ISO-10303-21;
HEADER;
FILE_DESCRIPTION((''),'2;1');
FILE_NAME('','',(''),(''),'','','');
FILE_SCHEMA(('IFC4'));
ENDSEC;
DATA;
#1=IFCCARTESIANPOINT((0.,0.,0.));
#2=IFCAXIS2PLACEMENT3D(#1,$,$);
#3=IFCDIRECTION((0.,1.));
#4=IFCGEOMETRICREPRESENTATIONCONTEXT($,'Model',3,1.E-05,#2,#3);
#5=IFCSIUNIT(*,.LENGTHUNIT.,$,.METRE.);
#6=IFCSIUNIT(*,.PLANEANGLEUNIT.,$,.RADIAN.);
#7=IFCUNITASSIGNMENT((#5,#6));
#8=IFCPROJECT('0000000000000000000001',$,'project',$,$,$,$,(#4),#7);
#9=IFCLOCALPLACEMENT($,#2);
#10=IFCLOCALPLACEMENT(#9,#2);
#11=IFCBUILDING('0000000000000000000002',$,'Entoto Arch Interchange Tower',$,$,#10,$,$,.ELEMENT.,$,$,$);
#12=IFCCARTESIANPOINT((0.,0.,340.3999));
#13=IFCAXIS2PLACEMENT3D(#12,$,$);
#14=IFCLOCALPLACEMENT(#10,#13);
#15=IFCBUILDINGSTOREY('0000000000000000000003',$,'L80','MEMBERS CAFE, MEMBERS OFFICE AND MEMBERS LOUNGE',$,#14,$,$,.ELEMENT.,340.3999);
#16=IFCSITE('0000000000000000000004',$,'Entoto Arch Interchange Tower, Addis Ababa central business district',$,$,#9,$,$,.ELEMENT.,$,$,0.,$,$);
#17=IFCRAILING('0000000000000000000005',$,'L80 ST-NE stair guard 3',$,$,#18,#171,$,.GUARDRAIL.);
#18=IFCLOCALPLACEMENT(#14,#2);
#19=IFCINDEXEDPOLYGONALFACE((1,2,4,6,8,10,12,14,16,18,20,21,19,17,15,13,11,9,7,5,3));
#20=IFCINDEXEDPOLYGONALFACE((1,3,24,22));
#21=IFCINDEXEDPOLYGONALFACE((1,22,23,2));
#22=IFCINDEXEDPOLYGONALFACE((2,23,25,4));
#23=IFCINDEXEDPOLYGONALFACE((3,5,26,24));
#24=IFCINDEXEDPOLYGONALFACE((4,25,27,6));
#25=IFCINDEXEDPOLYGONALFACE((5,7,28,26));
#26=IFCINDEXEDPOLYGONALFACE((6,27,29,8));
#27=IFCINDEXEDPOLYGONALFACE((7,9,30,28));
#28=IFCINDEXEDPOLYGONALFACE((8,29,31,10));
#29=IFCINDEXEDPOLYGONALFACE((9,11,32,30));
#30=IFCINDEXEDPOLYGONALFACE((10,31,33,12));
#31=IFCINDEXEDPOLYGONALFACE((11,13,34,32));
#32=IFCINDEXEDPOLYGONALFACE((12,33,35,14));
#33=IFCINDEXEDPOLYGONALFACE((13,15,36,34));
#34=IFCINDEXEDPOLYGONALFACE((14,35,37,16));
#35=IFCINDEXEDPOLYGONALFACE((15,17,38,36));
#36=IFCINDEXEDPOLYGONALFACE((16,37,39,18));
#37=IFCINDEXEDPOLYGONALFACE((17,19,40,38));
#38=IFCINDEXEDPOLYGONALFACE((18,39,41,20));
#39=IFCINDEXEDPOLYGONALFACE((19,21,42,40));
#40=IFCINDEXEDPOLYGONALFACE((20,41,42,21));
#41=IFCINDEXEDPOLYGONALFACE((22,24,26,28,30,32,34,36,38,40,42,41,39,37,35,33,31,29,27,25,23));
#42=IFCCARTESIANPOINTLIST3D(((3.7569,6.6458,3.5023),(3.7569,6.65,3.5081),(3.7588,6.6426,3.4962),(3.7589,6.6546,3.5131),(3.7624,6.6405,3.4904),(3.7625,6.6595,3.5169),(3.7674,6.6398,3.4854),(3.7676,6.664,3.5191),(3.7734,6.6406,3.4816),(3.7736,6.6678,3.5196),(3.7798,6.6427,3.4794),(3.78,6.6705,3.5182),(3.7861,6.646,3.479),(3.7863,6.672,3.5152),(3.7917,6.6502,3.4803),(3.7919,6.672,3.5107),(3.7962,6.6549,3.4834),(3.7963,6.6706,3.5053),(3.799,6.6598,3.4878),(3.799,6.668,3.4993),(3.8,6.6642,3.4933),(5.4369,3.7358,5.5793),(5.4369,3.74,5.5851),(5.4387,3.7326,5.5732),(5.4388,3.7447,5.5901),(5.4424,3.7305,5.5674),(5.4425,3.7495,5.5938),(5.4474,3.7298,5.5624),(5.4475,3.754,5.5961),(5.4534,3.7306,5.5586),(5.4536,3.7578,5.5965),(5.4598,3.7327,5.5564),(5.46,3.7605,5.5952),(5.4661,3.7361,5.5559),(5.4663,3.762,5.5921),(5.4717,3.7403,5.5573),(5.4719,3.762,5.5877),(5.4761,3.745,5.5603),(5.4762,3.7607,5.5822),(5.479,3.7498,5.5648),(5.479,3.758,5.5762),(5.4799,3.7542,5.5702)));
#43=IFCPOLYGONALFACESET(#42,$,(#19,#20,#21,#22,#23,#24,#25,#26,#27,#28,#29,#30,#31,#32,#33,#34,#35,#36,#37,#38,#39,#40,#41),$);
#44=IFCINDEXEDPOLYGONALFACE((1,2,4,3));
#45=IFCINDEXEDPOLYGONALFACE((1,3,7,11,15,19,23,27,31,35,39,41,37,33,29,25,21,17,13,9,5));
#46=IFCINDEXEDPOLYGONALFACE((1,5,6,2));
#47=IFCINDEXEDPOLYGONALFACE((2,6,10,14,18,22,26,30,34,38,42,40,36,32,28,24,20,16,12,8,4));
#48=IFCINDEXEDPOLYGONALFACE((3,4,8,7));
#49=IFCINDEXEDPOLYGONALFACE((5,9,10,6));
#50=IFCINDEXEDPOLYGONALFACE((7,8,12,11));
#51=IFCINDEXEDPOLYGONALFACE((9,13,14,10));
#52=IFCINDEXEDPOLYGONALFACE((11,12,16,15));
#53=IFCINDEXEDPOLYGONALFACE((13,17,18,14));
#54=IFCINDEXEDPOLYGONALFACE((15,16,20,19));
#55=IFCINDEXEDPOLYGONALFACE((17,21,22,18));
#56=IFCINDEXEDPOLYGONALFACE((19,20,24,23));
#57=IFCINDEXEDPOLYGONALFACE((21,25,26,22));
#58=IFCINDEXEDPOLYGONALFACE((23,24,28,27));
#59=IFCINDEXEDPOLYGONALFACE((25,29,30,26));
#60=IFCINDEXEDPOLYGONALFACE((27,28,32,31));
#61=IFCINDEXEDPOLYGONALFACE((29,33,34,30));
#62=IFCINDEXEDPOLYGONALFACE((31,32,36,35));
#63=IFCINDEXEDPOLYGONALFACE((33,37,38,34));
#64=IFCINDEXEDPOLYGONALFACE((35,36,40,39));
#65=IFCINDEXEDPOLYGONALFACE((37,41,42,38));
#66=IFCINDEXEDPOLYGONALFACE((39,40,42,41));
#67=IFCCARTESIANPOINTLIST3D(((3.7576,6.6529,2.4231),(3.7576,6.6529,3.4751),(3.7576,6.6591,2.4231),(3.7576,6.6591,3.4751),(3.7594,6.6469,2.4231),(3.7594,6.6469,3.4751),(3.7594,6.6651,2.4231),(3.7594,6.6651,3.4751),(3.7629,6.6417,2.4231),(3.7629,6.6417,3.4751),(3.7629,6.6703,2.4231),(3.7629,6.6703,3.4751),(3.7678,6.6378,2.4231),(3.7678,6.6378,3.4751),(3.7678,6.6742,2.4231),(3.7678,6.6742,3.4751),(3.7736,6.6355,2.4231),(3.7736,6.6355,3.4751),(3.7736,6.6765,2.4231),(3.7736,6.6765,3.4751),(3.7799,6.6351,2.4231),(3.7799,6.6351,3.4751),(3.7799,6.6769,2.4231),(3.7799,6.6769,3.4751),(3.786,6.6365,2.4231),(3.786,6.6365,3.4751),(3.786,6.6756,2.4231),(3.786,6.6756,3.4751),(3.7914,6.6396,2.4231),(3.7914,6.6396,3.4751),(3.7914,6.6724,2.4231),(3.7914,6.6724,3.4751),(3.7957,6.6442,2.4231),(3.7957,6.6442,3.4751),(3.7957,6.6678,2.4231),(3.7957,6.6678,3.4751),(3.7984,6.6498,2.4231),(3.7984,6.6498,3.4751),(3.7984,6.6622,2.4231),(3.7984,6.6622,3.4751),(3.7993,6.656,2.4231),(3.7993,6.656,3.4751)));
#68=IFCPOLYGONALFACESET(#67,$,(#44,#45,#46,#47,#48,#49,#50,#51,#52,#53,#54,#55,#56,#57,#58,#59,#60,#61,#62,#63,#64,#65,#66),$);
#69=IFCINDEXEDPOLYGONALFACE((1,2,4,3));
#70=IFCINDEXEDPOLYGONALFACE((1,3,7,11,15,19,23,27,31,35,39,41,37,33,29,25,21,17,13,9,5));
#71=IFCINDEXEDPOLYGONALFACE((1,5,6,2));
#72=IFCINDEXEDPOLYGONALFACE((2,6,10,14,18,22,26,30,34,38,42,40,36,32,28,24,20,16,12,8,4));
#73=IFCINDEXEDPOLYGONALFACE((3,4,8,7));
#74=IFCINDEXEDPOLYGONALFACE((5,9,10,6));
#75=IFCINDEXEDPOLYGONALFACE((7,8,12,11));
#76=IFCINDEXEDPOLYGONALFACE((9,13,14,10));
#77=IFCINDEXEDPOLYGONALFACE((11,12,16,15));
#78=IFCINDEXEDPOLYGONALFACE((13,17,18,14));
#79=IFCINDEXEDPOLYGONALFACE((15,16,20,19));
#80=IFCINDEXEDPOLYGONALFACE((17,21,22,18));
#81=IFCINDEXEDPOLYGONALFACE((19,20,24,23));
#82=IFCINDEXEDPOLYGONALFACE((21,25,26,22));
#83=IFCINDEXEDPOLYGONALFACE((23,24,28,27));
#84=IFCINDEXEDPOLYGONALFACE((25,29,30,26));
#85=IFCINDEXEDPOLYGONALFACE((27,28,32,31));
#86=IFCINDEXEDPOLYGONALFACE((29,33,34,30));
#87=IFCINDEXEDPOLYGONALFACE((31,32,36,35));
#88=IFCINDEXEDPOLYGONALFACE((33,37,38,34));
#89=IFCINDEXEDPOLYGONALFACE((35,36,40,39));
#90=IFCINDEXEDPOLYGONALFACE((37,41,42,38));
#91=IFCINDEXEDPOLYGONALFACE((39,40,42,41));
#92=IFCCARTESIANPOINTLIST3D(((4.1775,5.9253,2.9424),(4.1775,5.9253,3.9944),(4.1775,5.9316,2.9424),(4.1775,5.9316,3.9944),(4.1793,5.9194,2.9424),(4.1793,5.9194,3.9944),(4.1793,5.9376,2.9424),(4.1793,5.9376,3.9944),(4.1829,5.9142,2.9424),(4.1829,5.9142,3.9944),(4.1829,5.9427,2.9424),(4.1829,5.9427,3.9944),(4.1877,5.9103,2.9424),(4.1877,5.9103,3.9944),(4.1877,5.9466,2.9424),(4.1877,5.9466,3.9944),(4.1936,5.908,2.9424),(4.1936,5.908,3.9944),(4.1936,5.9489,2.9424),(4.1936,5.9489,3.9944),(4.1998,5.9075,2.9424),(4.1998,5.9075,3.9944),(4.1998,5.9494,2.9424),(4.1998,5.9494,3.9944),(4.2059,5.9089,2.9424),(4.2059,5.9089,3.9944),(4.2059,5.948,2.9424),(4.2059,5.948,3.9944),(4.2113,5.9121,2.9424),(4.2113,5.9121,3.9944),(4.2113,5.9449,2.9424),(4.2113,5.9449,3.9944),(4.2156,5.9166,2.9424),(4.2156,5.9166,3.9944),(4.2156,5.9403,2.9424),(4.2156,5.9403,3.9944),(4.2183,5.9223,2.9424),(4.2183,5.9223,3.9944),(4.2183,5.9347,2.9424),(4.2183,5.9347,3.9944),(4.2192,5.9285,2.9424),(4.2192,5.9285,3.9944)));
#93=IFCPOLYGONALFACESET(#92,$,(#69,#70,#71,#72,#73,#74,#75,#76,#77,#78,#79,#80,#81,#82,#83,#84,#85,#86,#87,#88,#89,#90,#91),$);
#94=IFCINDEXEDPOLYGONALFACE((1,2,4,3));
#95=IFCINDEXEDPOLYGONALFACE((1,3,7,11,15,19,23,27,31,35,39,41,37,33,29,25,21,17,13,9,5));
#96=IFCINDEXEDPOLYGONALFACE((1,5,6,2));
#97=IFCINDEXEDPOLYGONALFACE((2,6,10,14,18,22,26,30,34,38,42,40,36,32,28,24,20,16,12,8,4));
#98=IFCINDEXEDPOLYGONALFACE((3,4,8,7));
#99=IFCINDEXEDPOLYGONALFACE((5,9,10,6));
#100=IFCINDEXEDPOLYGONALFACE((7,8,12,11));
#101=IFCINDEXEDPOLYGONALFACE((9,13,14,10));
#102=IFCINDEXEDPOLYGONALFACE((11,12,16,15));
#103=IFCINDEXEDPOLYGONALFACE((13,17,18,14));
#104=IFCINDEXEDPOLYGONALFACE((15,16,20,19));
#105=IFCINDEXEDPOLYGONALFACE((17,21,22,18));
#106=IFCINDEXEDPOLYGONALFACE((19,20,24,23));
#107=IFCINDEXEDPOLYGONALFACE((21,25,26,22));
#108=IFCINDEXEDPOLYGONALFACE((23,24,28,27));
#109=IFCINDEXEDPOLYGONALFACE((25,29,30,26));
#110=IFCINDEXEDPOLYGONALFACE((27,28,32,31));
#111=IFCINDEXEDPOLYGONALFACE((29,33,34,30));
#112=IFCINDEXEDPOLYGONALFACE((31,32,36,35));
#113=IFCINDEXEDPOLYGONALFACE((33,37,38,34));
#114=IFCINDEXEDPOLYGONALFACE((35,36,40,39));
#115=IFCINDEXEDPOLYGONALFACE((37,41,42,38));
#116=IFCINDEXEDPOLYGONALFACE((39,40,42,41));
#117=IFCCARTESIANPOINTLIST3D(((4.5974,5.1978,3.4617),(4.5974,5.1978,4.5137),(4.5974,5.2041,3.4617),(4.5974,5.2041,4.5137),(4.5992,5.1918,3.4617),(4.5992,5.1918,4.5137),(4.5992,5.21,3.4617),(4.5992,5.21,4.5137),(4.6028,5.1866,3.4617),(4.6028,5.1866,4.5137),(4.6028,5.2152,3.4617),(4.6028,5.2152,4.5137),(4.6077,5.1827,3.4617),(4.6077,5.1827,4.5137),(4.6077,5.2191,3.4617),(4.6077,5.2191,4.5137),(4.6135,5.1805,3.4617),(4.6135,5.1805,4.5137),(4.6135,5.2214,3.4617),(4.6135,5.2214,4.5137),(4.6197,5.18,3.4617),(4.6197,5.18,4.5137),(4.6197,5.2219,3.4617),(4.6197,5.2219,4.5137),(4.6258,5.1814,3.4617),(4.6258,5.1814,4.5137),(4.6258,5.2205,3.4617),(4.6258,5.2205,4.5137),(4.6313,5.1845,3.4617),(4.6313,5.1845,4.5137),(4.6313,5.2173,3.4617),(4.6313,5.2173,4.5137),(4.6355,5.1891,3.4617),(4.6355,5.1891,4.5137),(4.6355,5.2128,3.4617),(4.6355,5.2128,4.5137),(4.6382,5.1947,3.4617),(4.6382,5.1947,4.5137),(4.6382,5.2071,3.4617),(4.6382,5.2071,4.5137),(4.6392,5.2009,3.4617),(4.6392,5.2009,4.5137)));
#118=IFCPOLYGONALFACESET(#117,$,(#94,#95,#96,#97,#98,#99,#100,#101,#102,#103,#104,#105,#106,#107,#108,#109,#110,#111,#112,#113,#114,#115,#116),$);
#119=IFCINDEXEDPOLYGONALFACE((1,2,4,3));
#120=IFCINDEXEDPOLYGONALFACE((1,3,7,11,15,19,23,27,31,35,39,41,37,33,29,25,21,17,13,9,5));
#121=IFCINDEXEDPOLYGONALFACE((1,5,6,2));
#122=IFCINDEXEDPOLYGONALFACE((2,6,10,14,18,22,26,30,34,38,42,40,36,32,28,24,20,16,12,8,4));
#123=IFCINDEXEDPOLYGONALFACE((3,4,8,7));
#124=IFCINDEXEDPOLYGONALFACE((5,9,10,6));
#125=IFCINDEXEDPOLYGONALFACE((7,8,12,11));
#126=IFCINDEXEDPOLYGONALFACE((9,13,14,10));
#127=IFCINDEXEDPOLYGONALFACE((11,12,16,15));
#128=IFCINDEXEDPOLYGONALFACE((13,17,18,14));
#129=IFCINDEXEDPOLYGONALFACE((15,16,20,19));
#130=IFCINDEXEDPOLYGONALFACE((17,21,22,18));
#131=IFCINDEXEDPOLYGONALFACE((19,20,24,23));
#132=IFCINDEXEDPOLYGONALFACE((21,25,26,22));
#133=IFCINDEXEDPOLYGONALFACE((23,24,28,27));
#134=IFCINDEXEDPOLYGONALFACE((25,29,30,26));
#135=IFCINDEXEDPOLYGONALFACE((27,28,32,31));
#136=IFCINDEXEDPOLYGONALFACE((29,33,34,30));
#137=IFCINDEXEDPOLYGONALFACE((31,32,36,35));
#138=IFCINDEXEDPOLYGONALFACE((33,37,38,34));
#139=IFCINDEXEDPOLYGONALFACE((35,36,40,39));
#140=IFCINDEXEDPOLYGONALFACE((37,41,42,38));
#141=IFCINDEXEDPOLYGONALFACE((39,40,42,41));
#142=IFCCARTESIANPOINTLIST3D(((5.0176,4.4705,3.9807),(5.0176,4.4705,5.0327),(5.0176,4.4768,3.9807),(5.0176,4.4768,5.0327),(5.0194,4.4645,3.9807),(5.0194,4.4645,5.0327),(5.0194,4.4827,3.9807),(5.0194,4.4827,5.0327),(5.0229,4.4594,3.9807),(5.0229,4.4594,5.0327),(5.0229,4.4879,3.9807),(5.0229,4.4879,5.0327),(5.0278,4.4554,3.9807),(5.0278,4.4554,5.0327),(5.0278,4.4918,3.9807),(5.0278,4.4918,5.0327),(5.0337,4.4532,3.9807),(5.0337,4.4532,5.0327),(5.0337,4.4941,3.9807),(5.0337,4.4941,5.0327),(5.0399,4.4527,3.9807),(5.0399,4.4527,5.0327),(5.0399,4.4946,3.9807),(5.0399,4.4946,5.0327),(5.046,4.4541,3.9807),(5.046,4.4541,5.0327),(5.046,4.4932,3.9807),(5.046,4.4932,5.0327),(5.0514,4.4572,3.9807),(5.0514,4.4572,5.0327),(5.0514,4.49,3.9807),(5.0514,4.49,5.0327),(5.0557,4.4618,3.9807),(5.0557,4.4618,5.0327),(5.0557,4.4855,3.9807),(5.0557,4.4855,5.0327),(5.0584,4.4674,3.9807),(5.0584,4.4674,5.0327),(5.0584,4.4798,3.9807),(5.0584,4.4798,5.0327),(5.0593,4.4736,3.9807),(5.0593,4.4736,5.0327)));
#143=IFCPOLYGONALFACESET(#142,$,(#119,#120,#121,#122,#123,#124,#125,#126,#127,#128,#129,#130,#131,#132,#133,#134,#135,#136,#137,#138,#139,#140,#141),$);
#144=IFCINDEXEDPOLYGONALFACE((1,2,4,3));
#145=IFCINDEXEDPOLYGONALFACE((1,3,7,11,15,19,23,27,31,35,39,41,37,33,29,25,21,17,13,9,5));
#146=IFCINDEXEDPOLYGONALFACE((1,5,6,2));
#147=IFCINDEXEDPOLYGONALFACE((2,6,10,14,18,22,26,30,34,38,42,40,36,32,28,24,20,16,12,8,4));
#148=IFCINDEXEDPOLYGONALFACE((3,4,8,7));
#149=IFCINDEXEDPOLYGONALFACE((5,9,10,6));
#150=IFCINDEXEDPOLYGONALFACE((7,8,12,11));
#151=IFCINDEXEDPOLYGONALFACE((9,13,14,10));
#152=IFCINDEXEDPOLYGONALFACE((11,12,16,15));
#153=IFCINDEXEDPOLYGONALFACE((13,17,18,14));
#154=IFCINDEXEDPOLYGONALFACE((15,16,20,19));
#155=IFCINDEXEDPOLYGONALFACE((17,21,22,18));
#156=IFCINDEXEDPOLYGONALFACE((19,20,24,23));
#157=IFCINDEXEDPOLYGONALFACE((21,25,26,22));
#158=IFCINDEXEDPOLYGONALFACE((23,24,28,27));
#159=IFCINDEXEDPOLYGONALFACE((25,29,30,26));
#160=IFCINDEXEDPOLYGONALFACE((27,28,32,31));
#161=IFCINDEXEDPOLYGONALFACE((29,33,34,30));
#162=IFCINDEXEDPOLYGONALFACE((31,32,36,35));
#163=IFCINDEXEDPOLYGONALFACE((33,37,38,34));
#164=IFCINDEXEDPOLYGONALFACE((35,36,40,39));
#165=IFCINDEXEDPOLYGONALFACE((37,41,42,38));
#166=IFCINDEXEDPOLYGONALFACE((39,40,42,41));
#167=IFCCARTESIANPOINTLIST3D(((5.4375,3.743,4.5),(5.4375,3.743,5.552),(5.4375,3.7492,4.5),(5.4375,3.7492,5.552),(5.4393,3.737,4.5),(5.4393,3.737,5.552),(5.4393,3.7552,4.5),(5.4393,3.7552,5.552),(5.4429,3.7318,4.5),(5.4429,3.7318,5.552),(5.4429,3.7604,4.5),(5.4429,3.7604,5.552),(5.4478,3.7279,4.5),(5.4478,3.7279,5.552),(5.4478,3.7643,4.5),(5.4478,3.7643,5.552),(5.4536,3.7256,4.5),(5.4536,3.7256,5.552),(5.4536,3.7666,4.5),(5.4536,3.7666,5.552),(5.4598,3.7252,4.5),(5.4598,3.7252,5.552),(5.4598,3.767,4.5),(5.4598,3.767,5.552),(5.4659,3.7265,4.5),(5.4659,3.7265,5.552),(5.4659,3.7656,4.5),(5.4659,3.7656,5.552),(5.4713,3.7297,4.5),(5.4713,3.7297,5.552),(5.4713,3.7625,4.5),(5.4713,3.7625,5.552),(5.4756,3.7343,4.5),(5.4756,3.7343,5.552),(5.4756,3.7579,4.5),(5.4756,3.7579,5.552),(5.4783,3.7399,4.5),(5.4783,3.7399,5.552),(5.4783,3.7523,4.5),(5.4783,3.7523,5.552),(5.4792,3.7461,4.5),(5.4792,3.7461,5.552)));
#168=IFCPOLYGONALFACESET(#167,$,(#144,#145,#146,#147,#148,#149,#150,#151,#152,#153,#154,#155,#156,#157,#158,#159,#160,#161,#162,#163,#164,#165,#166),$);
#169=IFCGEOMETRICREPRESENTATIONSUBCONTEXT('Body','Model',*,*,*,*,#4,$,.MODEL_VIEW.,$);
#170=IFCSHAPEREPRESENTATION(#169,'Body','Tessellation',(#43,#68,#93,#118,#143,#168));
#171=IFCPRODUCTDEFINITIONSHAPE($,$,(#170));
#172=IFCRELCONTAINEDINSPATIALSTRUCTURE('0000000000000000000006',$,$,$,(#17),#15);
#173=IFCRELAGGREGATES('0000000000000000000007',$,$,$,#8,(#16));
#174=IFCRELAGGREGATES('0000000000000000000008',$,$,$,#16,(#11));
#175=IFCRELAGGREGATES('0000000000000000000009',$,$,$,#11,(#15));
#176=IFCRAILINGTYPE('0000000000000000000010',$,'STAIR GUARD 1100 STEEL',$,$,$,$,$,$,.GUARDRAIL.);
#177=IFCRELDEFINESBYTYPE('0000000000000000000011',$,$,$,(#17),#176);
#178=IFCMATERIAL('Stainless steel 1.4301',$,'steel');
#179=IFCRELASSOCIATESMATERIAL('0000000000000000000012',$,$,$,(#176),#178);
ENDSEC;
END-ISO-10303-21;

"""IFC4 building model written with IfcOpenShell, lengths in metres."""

from ifc_helpers import new_model, si_unit, direction, frame, origin, origin_2d, place, context, subcontext, project, spatial, circle, extrude, material, type_object, element, save


model = new_model("IFC4")

# Units and contexts
model_context = context("Model", 3, precision=1e-05, world=origin(), true_north=direction((0.0, 1.0)))
body_context = subcontext(model_context, "Body", "Model", "MODEL_VIEW")
ifc_project = project(units=[si_unit("LENGTHUNIT", "METRE"), si_unit("PLANEANGLEUNIT", "RADIAN")], contexts=[model_context])

# Site, building, storey
site_placement = place(None, origin())
site = spatial("IfcSite", under=ifc_project, at=site_placement, Name="Entoto Arch Interchange Tower, Addis Ababa central business district", CompositionType="ELEMENT", RefElevation=0.0)
building_placement = place(site_placement, origin())
building = spatial("IfcBuilding", under=site, at=building_placement, Name="Entoto Arch Interchange Tower", CompositionType="ELEMENT")
storey_placement = place(building_placement, frame((0.0, 0.0, 340.3999)))
storey = spatial("IfcBuildingStorey", under=building, at=storey_placement, Name="L80", Description="MEMBERS CAFE, MEMBERS OFFICE AND MEMBERS LOUNGE", CompositionType="ELEMENT", Elevation=340.3999)

# Railing
ifc_material_1 = material(Name="Stainless steel 1.4301", Category="steel")
railing_type_1 = type_object("IfcRailingType", Name="STAIR GUARD 1100 STEEL", PredefinedType="GUARDRAIL", material=ifc_material_1)
railing_1_placement = place(storey_placement, frame((3.7783, 6.656, 2.4231)))
element("IfcRailing", 1, at=railing_1_placement, inside=storey, type_object=railing_type_1, Name="L80 ST-NE stair guard 3", PredefinedType="GUARDRAIL", context=body_context, shape_type="SweptSolid", body=[
    extrude(circle(Radius=0.0239, at=origin_2d()), frame((0.0, 0.0, 1.0762), z_axis=(0.425288, -0.736668, 0.525785), x_axis=(0.866039, 0.499976, 0.0)), (0.0, 0.0, 1.0), 3.9502),
    extrude(circle(Radius=0.021, at=origin_2d()), origin(), (0.0, 0.0, 1.0), 1.052),
    extrude(circle(Radius=0.021, at=origin_2d()), frame((0.4199, -0.7275, 0.5193)), (0.0, 0.0, 1.0), 1.052),
    extrude(circle(Radius=0.021, at=origin_2d()), frame((0.8398, -1.4551, 1.0386)), (0.0, 0.0, 1.0), 1.052),
    extrude(circle(Radius=0.021, at=origin_2d()), frame((1.26, -2.1824, 1.5576)), (0.0, 0.0, 1.0), 1.052),
    extrude(circle(Radius=0.021, at=origin_2d()), frame((1.6799, -2.9099, 2.0769)), (0.0, 0.0, 1.0), 1.052),
])

save(model, "model.ifc")
